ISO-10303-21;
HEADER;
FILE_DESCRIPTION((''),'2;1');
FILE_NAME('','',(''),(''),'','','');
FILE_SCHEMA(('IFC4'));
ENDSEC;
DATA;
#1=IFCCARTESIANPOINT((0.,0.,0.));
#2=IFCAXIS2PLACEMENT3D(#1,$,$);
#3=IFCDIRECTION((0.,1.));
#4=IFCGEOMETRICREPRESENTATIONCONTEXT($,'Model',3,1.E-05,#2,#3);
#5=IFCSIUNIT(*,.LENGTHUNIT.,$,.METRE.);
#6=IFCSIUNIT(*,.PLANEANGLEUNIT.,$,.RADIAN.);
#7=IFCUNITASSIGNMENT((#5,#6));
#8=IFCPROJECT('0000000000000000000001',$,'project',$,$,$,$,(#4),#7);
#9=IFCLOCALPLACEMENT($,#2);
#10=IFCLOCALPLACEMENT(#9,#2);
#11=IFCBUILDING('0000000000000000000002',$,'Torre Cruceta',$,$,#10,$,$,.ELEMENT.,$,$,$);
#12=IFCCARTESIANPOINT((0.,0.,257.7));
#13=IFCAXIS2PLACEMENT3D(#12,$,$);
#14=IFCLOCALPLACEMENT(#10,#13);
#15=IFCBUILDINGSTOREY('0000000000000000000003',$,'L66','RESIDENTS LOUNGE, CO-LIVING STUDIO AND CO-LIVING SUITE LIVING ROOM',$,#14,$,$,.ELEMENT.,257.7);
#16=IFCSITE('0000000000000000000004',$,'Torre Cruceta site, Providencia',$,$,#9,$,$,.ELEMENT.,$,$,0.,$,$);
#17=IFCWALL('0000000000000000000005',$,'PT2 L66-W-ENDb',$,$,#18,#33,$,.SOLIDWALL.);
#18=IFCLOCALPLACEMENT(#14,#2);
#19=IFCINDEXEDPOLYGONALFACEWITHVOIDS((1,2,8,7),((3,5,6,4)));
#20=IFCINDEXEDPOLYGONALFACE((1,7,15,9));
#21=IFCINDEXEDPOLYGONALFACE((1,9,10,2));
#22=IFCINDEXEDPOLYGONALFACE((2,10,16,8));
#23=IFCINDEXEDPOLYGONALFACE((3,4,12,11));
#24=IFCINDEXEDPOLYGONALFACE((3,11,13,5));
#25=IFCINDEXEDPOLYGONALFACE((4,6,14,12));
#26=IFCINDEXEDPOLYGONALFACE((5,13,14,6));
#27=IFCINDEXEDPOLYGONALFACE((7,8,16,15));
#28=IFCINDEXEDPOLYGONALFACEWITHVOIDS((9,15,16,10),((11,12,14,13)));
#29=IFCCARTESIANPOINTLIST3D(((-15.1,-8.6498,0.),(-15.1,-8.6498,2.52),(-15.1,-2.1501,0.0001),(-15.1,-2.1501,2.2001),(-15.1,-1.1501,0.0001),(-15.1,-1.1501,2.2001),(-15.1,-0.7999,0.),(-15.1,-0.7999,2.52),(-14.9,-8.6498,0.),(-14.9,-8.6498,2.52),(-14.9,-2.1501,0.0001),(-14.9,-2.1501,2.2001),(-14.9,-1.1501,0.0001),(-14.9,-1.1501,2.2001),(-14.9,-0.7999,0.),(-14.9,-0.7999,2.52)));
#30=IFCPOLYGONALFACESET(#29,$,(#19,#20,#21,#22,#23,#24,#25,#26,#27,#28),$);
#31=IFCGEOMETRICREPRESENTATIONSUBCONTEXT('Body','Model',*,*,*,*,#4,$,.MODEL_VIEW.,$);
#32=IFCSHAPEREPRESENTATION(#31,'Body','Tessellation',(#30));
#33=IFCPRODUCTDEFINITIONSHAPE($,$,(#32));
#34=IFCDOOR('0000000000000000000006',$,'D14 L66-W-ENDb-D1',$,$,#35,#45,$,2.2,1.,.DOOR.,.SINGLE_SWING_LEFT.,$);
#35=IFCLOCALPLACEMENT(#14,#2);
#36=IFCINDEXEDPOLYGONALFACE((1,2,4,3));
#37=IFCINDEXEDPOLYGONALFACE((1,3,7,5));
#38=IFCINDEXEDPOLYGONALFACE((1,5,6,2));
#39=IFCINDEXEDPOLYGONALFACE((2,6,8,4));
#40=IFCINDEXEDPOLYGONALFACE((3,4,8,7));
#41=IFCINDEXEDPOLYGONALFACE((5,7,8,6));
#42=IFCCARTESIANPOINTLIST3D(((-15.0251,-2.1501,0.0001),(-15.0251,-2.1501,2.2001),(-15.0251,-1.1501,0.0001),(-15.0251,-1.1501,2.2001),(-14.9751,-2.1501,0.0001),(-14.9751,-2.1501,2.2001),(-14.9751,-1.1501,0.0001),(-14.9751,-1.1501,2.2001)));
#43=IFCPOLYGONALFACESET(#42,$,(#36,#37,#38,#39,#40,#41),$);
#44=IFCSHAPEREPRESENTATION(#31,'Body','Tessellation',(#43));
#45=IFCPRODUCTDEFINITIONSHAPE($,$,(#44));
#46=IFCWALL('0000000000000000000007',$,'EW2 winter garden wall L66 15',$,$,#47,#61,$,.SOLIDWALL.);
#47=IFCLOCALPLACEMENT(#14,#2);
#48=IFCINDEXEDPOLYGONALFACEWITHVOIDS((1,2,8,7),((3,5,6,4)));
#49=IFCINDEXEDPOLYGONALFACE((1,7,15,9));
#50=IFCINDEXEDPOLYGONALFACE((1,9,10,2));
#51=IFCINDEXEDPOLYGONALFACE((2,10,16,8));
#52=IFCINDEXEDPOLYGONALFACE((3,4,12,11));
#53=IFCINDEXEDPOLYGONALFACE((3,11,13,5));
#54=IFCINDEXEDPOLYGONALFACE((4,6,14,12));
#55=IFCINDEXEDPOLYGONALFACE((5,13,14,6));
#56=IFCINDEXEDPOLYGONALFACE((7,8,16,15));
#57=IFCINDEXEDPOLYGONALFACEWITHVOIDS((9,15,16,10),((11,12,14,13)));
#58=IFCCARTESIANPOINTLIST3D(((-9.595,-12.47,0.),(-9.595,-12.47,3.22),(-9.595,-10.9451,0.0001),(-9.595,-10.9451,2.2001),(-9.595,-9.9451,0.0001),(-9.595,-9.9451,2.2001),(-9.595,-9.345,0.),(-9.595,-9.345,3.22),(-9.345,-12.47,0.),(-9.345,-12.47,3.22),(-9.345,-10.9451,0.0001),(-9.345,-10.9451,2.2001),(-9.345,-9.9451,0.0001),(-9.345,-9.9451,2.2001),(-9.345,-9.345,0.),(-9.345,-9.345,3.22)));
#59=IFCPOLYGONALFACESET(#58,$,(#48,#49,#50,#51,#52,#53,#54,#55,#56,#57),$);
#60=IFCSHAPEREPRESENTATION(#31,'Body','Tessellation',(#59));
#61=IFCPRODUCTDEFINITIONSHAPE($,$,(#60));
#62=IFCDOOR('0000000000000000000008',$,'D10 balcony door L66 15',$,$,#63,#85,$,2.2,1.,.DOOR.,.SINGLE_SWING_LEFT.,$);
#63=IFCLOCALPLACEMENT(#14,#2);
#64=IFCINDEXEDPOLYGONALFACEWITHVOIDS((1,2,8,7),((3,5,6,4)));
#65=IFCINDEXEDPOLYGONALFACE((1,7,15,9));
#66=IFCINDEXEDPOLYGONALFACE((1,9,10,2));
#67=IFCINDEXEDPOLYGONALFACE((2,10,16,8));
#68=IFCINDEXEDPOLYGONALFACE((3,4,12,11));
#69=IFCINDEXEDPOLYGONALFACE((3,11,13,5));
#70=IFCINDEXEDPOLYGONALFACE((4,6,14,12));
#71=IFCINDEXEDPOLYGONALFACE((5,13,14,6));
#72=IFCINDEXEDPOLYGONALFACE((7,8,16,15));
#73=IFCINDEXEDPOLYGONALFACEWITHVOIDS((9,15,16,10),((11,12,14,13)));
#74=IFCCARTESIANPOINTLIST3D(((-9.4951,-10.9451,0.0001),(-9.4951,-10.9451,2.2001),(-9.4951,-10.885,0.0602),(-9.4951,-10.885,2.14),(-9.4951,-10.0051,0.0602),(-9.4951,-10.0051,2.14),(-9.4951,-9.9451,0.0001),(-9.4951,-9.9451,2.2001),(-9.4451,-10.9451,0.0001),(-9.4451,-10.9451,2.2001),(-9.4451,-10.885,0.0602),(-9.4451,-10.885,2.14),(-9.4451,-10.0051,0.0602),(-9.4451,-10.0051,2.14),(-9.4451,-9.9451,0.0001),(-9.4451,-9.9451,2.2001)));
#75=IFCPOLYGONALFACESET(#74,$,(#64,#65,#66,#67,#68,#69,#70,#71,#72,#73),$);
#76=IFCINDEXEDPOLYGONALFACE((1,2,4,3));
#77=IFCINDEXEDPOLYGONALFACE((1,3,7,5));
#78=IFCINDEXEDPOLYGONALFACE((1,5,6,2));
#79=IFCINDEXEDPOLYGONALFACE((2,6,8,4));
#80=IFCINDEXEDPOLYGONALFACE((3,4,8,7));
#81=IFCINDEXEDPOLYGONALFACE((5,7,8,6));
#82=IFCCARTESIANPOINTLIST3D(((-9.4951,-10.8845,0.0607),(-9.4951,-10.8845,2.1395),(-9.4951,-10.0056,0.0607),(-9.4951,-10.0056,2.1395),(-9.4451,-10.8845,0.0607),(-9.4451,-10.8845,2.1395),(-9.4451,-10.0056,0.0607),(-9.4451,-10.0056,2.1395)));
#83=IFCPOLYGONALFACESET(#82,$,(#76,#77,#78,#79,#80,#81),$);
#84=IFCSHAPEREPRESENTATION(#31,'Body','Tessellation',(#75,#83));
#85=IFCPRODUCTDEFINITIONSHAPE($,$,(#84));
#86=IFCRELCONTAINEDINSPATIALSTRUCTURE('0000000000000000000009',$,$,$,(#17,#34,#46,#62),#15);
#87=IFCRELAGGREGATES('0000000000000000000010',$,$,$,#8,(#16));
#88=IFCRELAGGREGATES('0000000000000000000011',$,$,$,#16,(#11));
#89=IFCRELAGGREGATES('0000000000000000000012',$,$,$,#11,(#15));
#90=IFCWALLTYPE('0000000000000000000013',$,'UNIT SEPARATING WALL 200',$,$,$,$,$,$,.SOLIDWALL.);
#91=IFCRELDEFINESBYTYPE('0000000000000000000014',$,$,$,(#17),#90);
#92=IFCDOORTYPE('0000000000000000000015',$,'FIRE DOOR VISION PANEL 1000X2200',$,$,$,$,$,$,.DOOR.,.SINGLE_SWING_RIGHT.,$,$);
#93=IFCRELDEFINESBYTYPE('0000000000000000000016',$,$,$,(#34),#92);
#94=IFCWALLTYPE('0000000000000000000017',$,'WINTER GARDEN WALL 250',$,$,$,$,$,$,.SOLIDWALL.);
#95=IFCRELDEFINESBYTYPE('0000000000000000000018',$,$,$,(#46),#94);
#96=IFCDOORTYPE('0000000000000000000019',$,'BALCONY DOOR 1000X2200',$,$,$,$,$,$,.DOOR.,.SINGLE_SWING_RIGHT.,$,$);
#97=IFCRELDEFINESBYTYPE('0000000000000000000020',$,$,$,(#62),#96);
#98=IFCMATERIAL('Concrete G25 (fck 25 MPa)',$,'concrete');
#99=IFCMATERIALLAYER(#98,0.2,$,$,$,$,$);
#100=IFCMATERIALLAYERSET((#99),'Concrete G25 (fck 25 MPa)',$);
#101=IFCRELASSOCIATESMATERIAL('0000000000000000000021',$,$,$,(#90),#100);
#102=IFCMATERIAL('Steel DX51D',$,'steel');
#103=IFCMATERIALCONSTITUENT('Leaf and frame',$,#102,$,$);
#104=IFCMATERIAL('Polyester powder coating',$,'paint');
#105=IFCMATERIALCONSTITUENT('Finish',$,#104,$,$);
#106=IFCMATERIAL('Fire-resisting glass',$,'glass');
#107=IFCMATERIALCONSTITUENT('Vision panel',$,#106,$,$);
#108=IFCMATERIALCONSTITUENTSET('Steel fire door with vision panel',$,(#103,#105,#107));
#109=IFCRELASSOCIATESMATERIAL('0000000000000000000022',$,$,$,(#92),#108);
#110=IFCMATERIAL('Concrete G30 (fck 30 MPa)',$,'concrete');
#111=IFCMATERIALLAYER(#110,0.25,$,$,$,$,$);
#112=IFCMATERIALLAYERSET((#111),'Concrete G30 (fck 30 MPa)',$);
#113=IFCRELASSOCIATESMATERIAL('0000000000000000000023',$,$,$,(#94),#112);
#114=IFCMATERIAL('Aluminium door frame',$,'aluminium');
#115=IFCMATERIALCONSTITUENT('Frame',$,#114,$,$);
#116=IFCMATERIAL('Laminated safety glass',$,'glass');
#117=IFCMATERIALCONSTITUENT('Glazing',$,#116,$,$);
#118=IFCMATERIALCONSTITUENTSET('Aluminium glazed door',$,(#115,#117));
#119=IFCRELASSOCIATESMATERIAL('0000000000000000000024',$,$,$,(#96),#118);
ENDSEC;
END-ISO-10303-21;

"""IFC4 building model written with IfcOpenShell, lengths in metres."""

from ifc_helpers import new_model, si_unit, direction, frame, frame_2d, origin, place, context, subcontext, project, spatial, rectangle, hollow_rectangle, extrude, material, layer, layer_set, constituent, constituent_set, type_object, element, fill, save


model = new_model("IFC4")

# Units and contexts
model_context = context("Model", 3, precision=1e-05, world=origin(), true_north=direction((0.0, 1.0)))
body_context = subcontext(model_context, "Body", "Model", "MODEL_VIEW")
ifc_project = project(units=[si_unit("LENGTHUNIT", "METRE"), si_unit("PLANEANGLEUNIT", "RADIAN")], contexts=[model_context])

# Site, building, storey
site_placement = place(None, origin())
site = spatial("IfcSite", under=ifc_project, at=site_placement, Name="Torre Cruceta site, Providencia", CompositionType="ELEMENT", RefElevation=0.0)
building_placement = place(site_placement, origin())
building = spatial("IfcBuilding", under=site, at=building_placement, Name="Torre Cruceta", CompositionType="ELEMENT")
storey_placement = place(building_placement, frame((0.0, 0.0, 257.7)))
storey = spatial("IfcBuildingStorey", under=building, at=storey_placement, Name="L66", Description="RESIDENTS LOUNGE, CO-LIVING STUDIO AND CO-LIVING SUITE LIVING ROOM", CompositionType="ELEMENT", Elevation=257.7)

# Walls, openings, doors
ifc_material_1 = material(Name="Concrete G25 (fck 25 MPa)", Category="concrete")
ifc_layer_1 = layer(ifc_material_1, 0.2)
ifc_layer_set_1 = layer_set([ifc_layer_1], Name="Concrete G25 (fck 25 MPa)")
wall_type_1 = type_object("IfcWallType", Name="UNIT SEPARATING WALL 200", PredefinedType="SOLIDWALL", material=ifc_layer_set_1)
wall_1_placement = place(storey_placement, frame((-15.0, -0.8, 0.0), z_axis=(0.0, 0.0, 1.0), x_axis=(0.0, -1.0, 0.0)))
wall_1 = element("IfcWall", 1, at=wall_1_placement, inside=storey, type_object=wall_type_1, Name="PT2 L66-W-ENDb", PredefinedType="SOLIDWALL", context=body_context, shape_type="SweptSolid", body=[
    extrude(rectangle(XDim=7.8499, YDim=0.2, at=frame_2d((3.9248, 0.0))), origin(), (0.0, 0.0, 1.0), 2.52),
])
opening_1_placement = place(wall_1_placement, frame((0.3501, 0.0, 0.0)))
opening_1 = element("IfcOpeningElement", 2, at=opening_1_placement, cuts=wall_1, PredefinedType="OPENING", context=body_context, shape_type="SweptSolid", body=[
    extrude(rectangle(XDim=1.0, YDim=2.2, at=frame_2d((0.5, 1.1001))), frame((0.0, 0.1099, 0.0), z_axis=(0.0, -1.0, 0.0), x_axis=(1.0, 0.0, 0.0)), (0.0, 0.0, 1.0), 0.22),
])
ifc_material_2 = material(Name="Steel DX51D", Category="steel")
ifc_constituent_1 = constituent(ifc_material_2, Name="Leaf and frame")
ifc_material_3 = material(Name="Polyester powder coating", Category="paint")
ifc_constituent_2 = constituent(ifc_material_3, Name="Finish")
ifc_material_4 = material(Name="Fire-resisting glass", Category="glass")
ifc_constituent_3 = constituent(ifc_material_4, Name="Vision panel")
ifc_constituent_set_1 = constituent_set(constituents=[ifc_constituent_1, ifc_constituent_2, ifc_constituent_3], Name="Steel fire door with vision panel")
door_type_1 = type_object("IfcDoorType", Name="FIRE DOOR VISION PANEL 1000X2200", OperationType="SINGLE_SWING_RIGHT", PredefinedType="DOOR", material=ifc_constituent_set_1)
door_1_placement = place(opening_1_placement, frame((1.0, 0.0, 0.0), z_axis=(0.0, 0.0, 1.0), x_axis=(-1.0, 0.0, 0.0)))
door_1 = element("IfcDoor", 3, at=door_1_placement, inside=storey, type_object=door_type_1, Name="D14 L66-W-ENDb-D1", OperationType="SINGLE_SWING_LEFT", OverallHeight=2.2, OverallWidth=1.0, PredefinedType="DOOR", context=body_context, shape_type="SweptSolid", body=[
    extrude(rectangle(XDim=1.0, YDim=2.2, at=frame_2d((0.5, 1.1001))), frame((0.0, 0.0251, 0.0), z_axis=(0.0, -1.0, 0.0), x_axis=(1.0, 0.0, 0.0)), (0.0, 0.0, 1.0), 0.05),
])
fill(opening_1, door_1)
ifc_material_5 = material(Name="Concrete G30 (fck 30 MPa)", Category="concrete")
ifc_layer_2 = layer(ifc_material_5, 0.25)
ifc_layer_set_2 = layer_set([ifc_layer_2], Name="Concrete G30 (fck 30 MPa)")
wall_type_2 = type_object("IfcWallType", Name="WINTER GARDEN WALL 250", PredefinedType="SOLIDWALL", material=ifc_layer_set_2)
wall_2_placement = place(storey_placement, frame((-9.47, -9.345, 0.0), z_axis=(0.0, 0.0, 1.0), x_axis=(0.0, -1.0, 0.0)))
wall_2 = element("IfcWall", 4, at=wall_2_placement, inside=storey, type_object=wall_type_2, Name="EW2 winter garden wall L66 15", PredefinedType="SOLIDWALL", context=body_context, shape_type="SweptSolid", body=[
    extrude(rectangle(XDim=3.125, YDim=0.25, at=frame_2d((1.5625, 0.0))), origin(), (0.0, 0.0, 1.0), 3.22),
])
opening_2_placement = place(wall_2_placement, frame((0.6001, 0.0, 0.0)))
opening_2 = element("IfcOpeningElement", 5, at=opening_2_placement, cuts=wall_2, PredefinedType="OPENING", context=body_context, shape_type="SweptSolid", body=[
    extrude(rectangle(XDim=1.0, YDim=2.2, at=frame_2d((0.5, 1.1001))), frame((0.0, 0.135, 0.0), z_axis=(0.0, -1.0, 0.0), x_axis=(1.0, 0.0, 0.0)), (0.0, 0.0, 1.0), 0.27),
])
ifc_material_6 = material(Name="Aluminium door frame", Category="aluminium")
ifc_constituent_4 = constituent(ifc_material_6, Name="Frame")
ifc_material_7 = material(Name="Laminated safety glass", Category="glass")
ifc_constituent_5 = constituent(ifc_material_7, Name="Glazing")
ifc_constituent_set_2 = constituent_set(constituents=[ifc_constituent_4, ifc_constituent_5], Name="Aluminium glazed door")
door_type_2 = type_object("IfcDoorType", Name="BALCONY DOOR 1000X2200", OperationType="SINGLE_SWING_RIGHT", PredefinedType="DOOR", material=ifc_constituent_set_2)
door_2_placement = place(opening_2_placement, origin())
door_2 = element("IfcDoor", 6, at=door_2_placement, inside=storey, type_object=door_type_2, Name="D10 balcony door L66 15", OperationType="SINGLE_SWING_LEFT", OverallHeight=2.2, OverallWidth=1.0, PredefinedType="DOOR", context=body_context, shape_type="SweptSolid", body=[
    extrude(hollow_rectangle(XDim=1.0, YDim=2.2, WallThickness=0.0601, at=frame_2d((0.5, 1.1001))), frame((0.0, 0.0249, 0.0), z_axis=(0.0, -1.0, 0.0), x_axis=(1.0, 0.0, 0.0)), (0.0, 0.0, 1.0), 0.05),
    extrude(rectangle(XDim=0.8789, YDim=2.0789, at=frame_2d((0.5, 1.1001))), frame((0.0, 0.0249, 0.0), z_axis=(0.0, -1.0, 0.0), x_axis=(1.0, 0.0, 0.0)), (0.0, 0.0, 1.0), 0.05),
])
fill(opening_2, door_2)

save(model, "model.ifc")
